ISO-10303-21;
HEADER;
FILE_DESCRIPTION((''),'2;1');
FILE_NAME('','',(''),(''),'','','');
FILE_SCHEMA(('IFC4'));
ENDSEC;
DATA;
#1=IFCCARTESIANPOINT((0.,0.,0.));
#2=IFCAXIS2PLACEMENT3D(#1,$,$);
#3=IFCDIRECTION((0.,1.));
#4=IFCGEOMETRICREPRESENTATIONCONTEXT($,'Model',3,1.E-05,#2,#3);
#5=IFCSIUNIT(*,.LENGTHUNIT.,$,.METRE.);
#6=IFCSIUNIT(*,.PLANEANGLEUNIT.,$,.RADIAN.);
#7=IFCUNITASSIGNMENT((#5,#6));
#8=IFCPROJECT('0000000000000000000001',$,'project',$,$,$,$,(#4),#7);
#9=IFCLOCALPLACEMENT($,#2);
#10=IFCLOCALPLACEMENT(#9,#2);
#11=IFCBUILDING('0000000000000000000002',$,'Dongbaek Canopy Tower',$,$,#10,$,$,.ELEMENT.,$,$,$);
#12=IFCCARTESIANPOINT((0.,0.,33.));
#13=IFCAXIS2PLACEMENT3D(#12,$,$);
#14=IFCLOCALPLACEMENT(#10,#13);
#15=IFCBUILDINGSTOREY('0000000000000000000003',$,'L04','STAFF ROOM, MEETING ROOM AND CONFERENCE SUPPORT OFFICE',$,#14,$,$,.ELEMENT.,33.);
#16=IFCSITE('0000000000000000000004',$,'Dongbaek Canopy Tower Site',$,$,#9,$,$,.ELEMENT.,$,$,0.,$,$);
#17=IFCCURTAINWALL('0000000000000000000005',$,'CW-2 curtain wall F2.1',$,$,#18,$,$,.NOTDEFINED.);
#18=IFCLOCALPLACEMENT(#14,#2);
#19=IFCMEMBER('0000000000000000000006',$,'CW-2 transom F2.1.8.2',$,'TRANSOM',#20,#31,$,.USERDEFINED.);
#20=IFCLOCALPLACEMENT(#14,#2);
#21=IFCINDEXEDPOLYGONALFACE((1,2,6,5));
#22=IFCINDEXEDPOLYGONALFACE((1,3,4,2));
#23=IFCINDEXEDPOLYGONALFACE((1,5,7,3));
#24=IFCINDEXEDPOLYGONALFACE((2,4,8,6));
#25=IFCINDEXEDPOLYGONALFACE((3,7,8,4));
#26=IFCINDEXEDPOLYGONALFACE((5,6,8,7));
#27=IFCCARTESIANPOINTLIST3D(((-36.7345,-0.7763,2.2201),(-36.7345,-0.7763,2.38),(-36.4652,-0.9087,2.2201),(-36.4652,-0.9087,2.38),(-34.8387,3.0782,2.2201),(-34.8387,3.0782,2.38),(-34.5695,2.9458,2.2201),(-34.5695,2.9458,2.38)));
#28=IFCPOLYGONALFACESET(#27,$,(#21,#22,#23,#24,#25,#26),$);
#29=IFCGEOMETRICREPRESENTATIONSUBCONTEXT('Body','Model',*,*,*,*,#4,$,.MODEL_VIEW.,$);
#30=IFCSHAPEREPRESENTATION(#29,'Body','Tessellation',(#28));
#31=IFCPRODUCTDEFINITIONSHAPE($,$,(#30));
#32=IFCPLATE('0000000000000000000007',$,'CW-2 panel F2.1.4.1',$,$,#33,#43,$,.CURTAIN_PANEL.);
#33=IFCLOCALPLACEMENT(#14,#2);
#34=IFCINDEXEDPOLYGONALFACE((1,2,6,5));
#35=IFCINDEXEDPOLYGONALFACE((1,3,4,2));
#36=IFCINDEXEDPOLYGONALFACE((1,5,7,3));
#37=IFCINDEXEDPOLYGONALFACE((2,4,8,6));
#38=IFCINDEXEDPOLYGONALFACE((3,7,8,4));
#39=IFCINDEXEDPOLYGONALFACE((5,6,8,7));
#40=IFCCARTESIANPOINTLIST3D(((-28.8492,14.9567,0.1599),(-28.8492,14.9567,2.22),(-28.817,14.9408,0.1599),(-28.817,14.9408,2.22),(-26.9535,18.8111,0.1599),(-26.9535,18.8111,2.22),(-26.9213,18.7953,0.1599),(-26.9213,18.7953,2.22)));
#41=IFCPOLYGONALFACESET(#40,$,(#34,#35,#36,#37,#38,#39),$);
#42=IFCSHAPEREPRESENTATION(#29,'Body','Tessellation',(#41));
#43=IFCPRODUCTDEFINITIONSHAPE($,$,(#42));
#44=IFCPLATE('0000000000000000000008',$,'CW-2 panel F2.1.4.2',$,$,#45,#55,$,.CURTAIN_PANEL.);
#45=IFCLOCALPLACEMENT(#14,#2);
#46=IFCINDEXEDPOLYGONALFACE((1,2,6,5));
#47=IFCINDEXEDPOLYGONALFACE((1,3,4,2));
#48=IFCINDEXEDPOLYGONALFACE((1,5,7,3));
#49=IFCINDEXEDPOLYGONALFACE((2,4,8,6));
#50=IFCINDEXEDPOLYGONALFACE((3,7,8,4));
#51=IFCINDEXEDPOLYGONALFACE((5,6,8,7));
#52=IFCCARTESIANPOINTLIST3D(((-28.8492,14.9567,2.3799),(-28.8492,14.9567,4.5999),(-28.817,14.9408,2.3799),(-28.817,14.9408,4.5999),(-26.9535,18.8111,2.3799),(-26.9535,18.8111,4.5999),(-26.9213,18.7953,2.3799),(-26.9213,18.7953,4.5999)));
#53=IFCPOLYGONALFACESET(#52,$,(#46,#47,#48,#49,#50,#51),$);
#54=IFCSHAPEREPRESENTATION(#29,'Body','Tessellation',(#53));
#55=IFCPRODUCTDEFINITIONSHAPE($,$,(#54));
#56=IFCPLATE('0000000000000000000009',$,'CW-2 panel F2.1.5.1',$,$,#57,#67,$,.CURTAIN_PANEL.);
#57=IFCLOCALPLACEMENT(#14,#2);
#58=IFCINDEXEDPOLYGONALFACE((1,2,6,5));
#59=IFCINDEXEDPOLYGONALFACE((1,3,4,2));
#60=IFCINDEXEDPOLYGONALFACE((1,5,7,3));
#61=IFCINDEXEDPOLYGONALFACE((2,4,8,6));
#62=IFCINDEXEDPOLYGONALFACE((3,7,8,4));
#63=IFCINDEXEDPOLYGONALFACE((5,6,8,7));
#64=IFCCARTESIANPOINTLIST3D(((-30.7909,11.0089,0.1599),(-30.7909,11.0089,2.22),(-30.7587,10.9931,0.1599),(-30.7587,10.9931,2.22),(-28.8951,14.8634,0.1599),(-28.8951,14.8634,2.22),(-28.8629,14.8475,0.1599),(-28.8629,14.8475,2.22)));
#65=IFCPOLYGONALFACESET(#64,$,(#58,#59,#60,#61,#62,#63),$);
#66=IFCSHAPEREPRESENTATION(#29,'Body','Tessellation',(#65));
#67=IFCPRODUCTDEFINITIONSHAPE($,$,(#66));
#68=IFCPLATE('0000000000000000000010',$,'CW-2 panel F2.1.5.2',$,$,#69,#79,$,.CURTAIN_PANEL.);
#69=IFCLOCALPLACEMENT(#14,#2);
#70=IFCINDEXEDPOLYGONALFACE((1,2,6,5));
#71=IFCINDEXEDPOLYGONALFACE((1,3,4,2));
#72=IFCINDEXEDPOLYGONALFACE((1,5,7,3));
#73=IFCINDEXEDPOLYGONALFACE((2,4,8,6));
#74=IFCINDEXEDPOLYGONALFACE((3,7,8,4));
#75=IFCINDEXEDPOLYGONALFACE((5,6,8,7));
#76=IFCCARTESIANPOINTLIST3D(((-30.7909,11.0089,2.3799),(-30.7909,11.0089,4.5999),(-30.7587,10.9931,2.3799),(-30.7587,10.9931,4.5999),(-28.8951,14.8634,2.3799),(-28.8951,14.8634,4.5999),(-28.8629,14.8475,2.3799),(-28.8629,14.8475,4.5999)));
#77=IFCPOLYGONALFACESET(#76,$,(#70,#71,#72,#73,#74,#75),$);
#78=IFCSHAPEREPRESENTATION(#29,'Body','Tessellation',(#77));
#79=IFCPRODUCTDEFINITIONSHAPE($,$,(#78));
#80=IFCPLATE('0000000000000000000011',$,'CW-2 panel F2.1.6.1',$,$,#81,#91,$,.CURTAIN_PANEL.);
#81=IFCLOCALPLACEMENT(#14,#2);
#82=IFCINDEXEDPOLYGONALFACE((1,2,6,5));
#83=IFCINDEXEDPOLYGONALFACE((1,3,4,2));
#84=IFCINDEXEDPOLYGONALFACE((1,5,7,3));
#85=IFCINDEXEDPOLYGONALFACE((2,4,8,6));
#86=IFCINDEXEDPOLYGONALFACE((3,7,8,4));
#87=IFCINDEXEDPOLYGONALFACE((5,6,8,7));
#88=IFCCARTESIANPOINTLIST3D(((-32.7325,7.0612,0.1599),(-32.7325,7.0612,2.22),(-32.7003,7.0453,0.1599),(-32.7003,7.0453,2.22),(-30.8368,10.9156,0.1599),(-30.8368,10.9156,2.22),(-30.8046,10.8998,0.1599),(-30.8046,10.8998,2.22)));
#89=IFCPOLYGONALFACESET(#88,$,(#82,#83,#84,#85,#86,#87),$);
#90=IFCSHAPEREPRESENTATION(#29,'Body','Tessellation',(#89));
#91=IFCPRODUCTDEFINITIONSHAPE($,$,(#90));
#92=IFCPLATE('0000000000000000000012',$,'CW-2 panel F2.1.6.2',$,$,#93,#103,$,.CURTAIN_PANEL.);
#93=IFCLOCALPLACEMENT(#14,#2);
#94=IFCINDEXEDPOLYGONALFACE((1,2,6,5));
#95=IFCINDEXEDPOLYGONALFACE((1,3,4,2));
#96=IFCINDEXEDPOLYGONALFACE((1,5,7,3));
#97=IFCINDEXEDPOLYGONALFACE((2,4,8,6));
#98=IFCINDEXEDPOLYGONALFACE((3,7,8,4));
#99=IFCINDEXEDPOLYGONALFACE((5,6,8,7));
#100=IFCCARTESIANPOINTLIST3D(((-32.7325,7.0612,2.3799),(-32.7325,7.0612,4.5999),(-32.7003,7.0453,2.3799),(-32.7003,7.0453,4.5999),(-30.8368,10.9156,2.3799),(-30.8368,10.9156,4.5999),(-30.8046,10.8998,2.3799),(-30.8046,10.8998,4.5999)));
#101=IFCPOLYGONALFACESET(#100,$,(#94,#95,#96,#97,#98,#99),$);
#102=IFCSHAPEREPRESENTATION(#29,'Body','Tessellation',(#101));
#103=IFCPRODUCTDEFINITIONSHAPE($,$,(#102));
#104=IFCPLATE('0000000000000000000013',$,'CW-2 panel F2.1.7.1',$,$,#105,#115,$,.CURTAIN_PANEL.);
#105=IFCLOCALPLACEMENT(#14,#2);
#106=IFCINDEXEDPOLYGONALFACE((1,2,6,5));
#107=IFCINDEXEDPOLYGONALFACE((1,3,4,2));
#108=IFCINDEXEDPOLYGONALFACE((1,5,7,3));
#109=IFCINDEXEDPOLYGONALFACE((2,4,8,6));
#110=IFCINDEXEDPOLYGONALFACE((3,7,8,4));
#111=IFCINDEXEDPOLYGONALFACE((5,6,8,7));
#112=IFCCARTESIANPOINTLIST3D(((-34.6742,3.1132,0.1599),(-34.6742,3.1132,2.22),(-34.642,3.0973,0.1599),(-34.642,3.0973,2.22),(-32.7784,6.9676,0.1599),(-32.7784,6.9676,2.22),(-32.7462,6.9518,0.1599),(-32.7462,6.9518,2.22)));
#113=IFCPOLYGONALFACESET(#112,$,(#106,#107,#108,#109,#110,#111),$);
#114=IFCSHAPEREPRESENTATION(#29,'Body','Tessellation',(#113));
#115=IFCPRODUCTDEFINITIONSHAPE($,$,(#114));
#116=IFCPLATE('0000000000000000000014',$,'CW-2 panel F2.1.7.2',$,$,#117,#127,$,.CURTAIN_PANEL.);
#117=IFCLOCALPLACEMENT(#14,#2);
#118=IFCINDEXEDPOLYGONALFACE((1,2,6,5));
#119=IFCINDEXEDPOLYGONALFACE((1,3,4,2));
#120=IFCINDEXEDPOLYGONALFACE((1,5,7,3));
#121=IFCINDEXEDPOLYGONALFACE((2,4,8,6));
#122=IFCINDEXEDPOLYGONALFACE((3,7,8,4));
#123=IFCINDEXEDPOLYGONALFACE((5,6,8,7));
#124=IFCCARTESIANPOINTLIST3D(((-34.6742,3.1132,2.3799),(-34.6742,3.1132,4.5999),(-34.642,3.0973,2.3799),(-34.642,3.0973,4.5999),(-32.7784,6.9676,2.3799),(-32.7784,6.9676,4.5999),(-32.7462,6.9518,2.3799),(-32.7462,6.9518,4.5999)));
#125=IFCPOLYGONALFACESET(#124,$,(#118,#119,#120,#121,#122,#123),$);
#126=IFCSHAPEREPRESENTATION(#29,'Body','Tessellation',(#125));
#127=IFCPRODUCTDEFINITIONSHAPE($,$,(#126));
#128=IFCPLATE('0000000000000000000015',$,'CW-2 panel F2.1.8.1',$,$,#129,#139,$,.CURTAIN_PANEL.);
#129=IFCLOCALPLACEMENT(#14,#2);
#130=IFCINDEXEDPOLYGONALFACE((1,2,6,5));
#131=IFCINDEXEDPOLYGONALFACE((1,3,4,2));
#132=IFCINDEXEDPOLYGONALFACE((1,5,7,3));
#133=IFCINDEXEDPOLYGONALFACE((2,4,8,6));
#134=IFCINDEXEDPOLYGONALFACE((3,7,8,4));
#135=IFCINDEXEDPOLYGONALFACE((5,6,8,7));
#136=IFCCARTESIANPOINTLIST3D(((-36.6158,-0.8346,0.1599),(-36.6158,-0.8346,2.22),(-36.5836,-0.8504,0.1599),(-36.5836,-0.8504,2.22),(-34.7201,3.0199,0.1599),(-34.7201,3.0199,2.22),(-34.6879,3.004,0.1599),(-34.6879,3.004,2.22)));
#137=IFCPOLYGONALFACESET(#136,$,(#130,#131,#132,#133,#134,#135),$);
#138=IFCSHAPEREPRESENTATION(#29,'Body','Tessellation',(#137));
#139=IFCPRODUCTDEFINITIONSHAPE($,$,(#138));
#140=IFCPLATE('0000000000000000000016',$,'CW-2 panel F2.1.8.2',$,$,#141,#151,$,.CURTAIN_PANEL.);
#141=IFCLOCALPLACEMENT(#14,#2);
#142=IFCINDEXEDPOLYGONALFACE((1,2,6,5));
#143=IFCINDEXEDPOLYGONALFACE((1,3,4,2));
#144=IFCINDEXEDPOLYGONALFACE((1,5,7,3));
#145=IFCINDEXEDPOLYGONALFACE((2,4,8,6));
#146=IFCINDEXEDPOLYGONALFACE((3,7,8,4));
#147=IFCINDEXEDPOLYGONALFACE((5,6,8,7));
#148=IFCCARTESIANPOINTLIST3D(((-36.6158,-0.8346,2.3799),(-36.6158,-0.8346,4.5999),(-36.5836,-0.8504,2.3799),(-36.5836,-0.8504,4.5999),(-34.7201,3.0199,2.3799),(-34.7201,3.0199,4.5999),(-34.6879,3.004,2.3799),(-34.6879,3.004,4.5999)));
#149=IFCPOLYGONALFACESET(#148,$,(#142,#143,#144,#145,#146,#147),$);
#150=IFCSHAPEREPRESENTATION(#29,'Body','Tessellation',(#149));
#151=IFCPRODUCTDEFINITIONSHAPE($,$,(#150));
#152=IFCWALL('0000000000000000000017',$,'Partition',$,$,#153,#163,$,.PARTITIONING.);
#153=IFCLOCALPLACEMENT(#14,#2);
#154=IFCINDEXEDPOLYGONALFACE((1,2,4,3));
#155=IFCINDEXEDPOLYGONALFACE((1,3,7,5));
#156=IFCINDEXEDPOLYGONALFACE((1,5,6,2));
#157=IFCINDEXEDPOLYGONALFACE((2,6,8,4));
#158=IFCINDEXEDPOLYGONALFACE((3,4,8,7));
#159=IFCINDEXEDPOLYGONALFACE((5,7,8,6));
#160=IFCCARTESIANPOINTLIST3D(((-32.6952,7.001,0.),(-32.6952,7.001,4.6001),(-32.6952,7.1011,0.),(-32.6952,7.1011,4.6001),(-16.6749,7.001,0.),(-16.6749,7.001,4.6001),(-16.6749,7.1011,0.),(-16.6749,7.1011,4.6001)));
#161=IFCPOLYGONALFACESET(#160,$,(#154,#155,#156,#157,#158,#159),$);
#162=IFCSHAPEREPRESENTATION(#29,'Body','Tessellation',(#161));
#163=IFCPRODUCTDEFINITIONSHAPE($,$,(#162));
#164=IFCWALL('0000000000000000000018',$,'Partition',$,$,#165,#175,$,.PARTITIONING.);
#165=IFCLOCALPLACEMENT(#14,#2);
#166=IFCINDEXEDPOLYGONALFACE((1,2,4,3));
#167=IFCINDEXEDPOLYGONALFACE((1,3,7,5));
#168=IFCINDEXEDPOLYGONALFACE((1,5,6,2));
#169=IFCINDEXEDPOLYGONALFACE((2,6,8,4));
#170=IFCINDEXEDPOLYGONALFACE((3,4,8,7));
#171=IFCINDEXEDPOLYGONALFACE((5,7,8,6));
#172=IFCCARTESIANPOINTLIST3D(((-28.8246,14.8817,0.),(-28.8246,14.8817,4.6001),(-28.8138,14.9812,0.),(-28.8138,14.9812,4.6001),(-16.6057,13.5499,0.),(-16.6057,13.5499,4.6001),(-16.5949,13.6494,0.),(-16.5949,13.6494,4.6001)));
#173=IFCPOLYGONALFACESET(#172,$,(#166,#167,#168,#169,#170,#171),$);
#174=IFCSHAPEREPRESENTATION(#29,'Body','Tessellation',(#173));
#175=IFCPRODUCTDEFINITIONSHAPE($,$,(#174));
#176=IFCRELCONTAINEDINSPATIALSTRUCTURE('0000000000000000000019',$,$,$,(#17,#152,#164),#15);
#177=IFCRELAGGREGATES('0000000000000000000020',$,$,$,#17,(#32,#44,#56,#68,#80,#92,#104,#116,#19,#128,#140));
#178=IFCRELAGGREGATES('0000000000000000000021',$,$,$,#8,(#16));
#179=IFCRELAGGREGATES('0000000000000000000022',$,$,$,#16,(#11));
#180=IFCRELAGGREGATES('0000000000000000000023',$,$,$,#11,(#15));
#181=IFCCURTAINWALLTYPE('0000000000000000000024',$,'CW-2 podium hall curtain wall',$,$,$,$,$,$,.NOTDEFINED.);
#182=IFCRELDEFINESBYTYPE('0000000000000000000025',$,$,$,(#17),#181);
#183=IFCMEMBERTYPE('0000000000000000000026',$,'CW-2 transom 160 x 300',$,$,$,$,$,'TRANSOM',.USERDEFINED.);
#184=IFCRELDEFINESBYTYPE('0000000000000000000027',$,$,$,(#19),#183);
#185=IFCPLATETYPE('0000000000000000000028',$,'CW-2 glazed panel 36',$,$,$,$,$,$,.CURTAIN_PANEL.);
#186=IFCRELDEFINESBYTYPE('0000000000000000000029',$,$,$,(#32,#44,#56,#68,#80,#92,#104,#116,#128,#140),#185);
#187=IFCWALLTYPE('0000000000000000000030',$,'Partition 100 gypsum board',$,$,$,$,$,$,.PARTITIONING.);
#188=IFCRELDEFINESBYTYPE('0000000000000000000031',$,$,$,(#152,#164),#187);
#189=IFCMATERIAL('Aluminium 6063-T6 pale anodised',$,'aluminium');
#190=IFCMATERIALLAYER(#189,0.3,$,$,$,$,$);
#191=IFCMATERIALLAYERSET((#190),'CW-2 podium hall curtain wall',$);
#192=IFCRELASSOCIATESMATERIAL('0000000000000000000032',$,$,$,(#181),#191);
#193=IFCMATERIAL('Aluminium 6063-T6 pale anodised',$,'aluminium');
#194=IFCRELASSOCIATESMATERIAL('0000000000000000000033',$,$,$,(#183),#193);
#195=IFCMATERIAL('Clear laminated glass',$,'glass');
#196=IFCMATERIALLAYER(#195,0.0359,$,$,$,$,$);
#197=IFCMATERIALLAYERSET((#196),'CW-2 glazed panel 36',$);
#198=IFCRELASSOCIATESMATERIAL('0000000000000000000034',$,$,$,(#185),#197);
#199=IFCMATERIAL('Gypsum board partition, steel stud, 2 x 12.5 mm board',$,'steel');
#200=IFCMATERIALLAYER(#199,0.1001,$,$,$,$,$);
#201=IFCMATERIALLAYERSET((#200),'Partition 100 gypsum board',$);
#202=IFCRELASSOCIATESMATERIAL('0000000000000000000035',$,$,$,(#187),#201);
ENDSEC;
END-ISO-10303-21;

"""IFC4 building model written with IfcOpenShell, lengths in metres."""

from ifc_helpers import new_model, si_unit, direction, frame, frame_2d, origin, origin_2d, place, context, subcontext, project, spatial, rectangle, extrude, material, layer, layer_set, material_profile, profile_set, type_object, element, aggregate, save


model = new_model("IFC4")

# Units and contexts
model_context = context("Model", 3, precision=1e-05, world=origin(), true_north=direction((0.0, 1.0)))
body_context = subcontext(model_context, "Body", "Model", "MODEL_VIEW")
ifc_project = project(units=[si_unit("LENGTHUNIT", "METRE"), si_unit("PLANEANGLEUNIT", "RADIAN")], contexts=[model_context])

# Site, building, storey
site_placement = place(None, origin())
site = spatial("IfcSite", under=ifc_project, at=site_placement, Name="Dongbaek Canopy Tower Site", CompositionType="ELEMENT", RefElevation=0.0)
building_placement = place(site_placement, origin())
building = spatial("IfcBuilding", under=site, at=building_placement, Name="Dongbaek Canopy Tower", CompositionType="ELEMENT")
storey_placement = place(building_placement, frame((0.0, 0.0, 33.0)))
storey = spatial("IfcBuildingStorey", under=building, at=storey_placement, Name="L04", Description="STAFF ROOM, MEETING ROOM AND CONFERENCE SUPPORT OFFICE", CompositionType="ELEMENT", Elevation=33.0)

# Curtain wall, member, plates
ifc_material_1 = material(Name="Aluminium 6063-T6 pale anodised", Category="aluminium")
ifc_layer_1 = layer(ifc_material_1, 0.3)
ifc_layer_set_1 = layer_set([ifc_layer_1], Name="CW-2 podium hall curtain wall")
curtain_wall_type = type_object("IfcCurtainWallType", Name="CW-2 podium hall curtain wall", PredefinedType="NOTDEFINED", material=ifc_layer_set_1)
curtain_wall_placement = place(storey_placement, origin())
curtain_wall = element("IfcCurtainWall", 1, at=curtain_wall_placement, inside=storey, type_object=curtain_wall_type, Name="CW-2 curtain wall F2.1", PredefinedType="NOTDEFINED")
ifc_material_2 = material(Name="Aluminium 6063-T6 pale anodised", Category="aluminium")
ifc_material_profile_1 = material_profile(ifc_material_2, rectangle(XDim=0.3, YDim=0.1599, at=origin_2d()), Name="CW-2 transom 160 x 300")
ifc_profile_set_1 = profile_set([ifc_material_profile_1], Name="Aluminium 6063-T6 pale anodised")
member_type_1 = type_object("IfcMemberType", Name="CW-2 transom 160 x 300", ElementType="TRANSOM", PredefinedType="USERDEFINED", material=ifc_profile_set_1)
member_1_placement = place(storey_placement, frame((-34.7041, 3.012, 2.3), z_axis=(-0.441338, -0.897341, 0.0), x_axis=(0.897341, -0.441338, 0.0)))
member_1 = element("IfcMember", 2, at=member_1_placement, type_object=member_type_1, Name="CW-2 transom F2.1.8.2", ObjectType="TRANSOM", PredefinedType="USERDEFINED", context=body_context, shape_type="SweptSolid", body=[
    extrude(rectangle(XDim=0.3, YDim=0.1599, at=origin_2d()), origin(), (0.0, 0.0, 1.0), 4.2954),
])
ifc_material_3 = material(Name="Clear laminated glass", Category="glass")
ifc_layer_2 = layer(ifc_material_3, 0.0359)
ifc_layer_set_2 = layer_set([ifc_layer_2], Name="CW-2 glazed panel 36")
plate_type = type_object("IfcPlateType", Name="CW-2 glazed panel 36", PredefinedType="CURTAIN_PANEL", material=ifc_layer_set_2)
plate_1_placement = place(storey_placement, frame((-27.8853, 16.876, 0.1599), z_axis=(0.0, 0.0, 1.0), x_axis=(-0.441342, -0.897339, 0.0)))
plate_1 = element("IfcPlate", 3, at=plate_1_placement, type_object=plate_type, Name="CW-2 panel F2.1.4.1", PredefinedType="CURTAIN_PANEL", context=body_context, shape_type="SweptSolid", body=[
    extrude(rectangle(XDim=4.2954, YDim=0.0359, at=origin_2d()), origin(), (0.0, 0.0, 1.0), 2.0601),
])
plate_2_placement = place(storey_placement, frame((-27.8853, 16.876, 2.3799), z_axis=(0.0, 0.0, 1.0), x_axis=(-0.441342, -0.897339, 0.0)))
plate_2 = element("IfcPlate", 4, at=plate_2_placement, type_object=plate_type, Name="CW-2 panel F2.1.4.2", PredefinedType="CURTAIN_PANEL", context=body_context, shape_type="SweptSolid", body=[
    extrude(rectangle(XDim=4.2954, YDim=0.0359, at=origin_2d()), origin(), (0.0, 0.0, 1.0), 2.22),
])
plate_3_placement = place(storey_placement, frame((-29.8269, 12.9282, 0.1599), z_axis=(0.0, 0.0, 1.0), x_axis=(-0.441342, -0.897339, 0.0)))
plate_3 = element("IfcPlate", 5, at=plate_3_placement, type_object=plate_type, Name="CW-2 panel F2.1.5.1", PredefinedType="CURTAIN_PANEL", context=body_context, shape_type="SweptSolid", body=[
    extrude(rectangle(XDim=4.2954, YDim=0.0359, at=origin_2d()), origin(), (0.0, 0.0, 1.0), 2.0601),
])
plate_4_placement = place(storey_placement, frame((-29.8269, 12.9282, 2.3799), z_axis=(0.0, 0.0, 1.0), x_axis=(-0.441342, -0.897339, 0.0)))
plate_4 = element("IfcPlate", 6, at=plate_4_placement, type_object=plate_type, Name="CW-2 panel F2.1.5.2", PredefinedType="CURTAIN_PANEL", context=body_context, shape_type="SweptSolid", body=[
    extrude(rectangle(XDim=4.2954, YDim=0.0359, at=origin_2d()), origin(), (0.0, 0.0, 1.0), 2.22),
])
plate_5_placement = place(storey_placement, frame((-31.7686, 8.9805, 0.1599), z_axis=(0.0, 0.0, 1.0), x_axis=(-0.441342, -0.897339, 0.0)))
plate_5 = element("IfcPlate", 7, at=plate_5_placement, type_object=plate_type, Name="CW-2 panel F2.1.6.1", PredefinedType="CURTAIN_PANEL", context=body_context, shape_type="SweptSolid", body=[
    extrude(rectangle(XDim=4.2954, YDim=0.0359, at=origin_2d()), origin(), (0.0, 0.0, 1.0), 2.0601),
])
plate_6_placement = place(storey_placement, frame((-31.7686, 8.9805, 2.3799), z_axis=(0.0, 0.0, 1.0), x_axis=(-0.441342, -0.897339, 0.0)))
plate_6 = element("IfcPlate", 8, at=plate_6_placement, type_object=plate_type, Name="CW-2 panel F2.1.6.2", PredefinedType="CURTAIN_PANEL", context=body_context, shape_type="SweptSolid", body=[
    extrude(rectangle(XDim=4.2954, YDim=0.0359, at=origin_2d()), origin(), (0.0, 0.0, 1.0), 2.22),
])
plate_7_placement = place(storey_placement, frame((-33.7102, 5.0325, 0.1599), z_axis=(0.0, 0.0, 1.0), x_axis=(-0.441342, -0.897339, 0.0)))
plate_7 = element("IfcPlate", 9, at=plate_7_placement, type_object=plate_type, Name="CW-2 panel F2.1.7.1", PredefinedType="CURTAIN_PANEL", context=body_context, shape_type="SweptSolid", body=[
    extrude(rectangle(XDim=4.2954, YDim=0.0359, at=origin_2d()), origin(), (0.0, 0.0, 1.0), 2.0601),
])
plate_8_placement = place(storey_placement, frame((-33.7102, 5.0325, 2.3799), z_axis=(0.0, 0.0, 1.0), x_axis=(-0.441342, -0.897339, 0.0)))
plate_8 = element("IfcPlate", 10, at=plate_8_placement, type_object=plate_type, Name="CW-2 panel F2.1.7.2", PredefinedType="CURTAIN_PANEL", context=body_context, shape_type="SweptSolid", body=[
    extrude(rectangle(XDim=4.2954, YDim=0.0359, at=origin_2d()), origin(), (0.0, 0.0, 1.0), 2.22),
])
plate_9_placement = place(storey_placement, frame((-35.6519, 1.0847, 0.1599), z_axis=(0.0, 0.0, 1.0), x_axis=(-0.441342, -0.897339, 0.0)))
plate_9 = element("IfcPlate", 11, at=plate_9_placement, type_object=plate_type, Name="CW-2 panel F2.1.8.1", PredefinedType="CURTAIN_PANEL", context=body_context, shape_type="SweptSolid", body=[
    extrude(rectangle(XDim=4.2954, YDim=0.0359, at=origin_2d()), origin(), (0.0, 0.0, 1.0), 2.0601),
])
plate_10_placement = place(storey_placement, frame((-35.6519, 1.0847, 2.3799), z_axis=(0.0, 0.0, 1.0), x_axis=(-0.441342, -0.897339, 0.0)))
plate_10 = element("IfcPlate", 12, at=plate_10_placement, type_object=plate_type, Name="CW-2 panel F2.1.8.2", PredefinedType="CURTAIN_PANEL", context=body_context, shape_type="SweptSolid", body=[
    extrude(rectangle(XDim=4.2954, YDim=0.0359, at=origin_2d()), origin(), (0.0, 0.0, 1.0), 2.22),
])
aggregate(curtain_wall, [plate_1, plate_2, plate_3, plate_4, plate_5, plate_6, plate_7, plate_8, member_1, plate_9, plate_10])

# Walls
ifc_material_4 = material(Name="Gypsum board partition, steel stud, 2 x 12.5 mm board", Category="steel")
ifc_layer_3 = layer(ifc_material_4, 0.1001)
ifc_layer_set_3 = layer_set([ifc_layer_3], Name="Partition 100 gypsum board")
wall_type = type_object("IfcWallType", Name="Partition 100 gypsum board", PredefinedType="PARTITIONING", material=ifc_layer_set_3)
wall_1_placement = place(storey_placement, frame((-32.6953, 7.051, 0.0), z_axis=(0.0, 0.0, 1.0), x_axis=(1.0, 0.0, 0.0)))
element("IfcWall", 13, at=wall_1_placement, inside=storey, type_object=wall_type, Name="Partition", PredefinedType="PARTITIONING", context=body_context, shape_type="SweptSolid", body=[
    extrude(rectangle(XDim=16.0203, YDim=0.1001, at=frame_2d((8.0103, 0.0))), origin(), (0.0, 0.0, 1.0), 4.6001),
])
wall_2_placement = place(storey_placement, frame((-28.8191, 14.9314, 0.0), z_axis=(0.0, 0.0, 1.0), x_axis=(0.994113, -0.108352, 0.0)))
element("IfcWall", 14, at=wall_2_placement, inside=storey, type_object=wall_type, Name="Partition", PredefinedType="PARTITIONING", context=body_context, shape_type="SweptSolid", body=[
    extrude(rectangle(XDim=12.2913, YDim=0.1001, at=frame_2d((6.1455, 0.0))), origin(), (0.0, 0.0, 1.0), 4.6001),
])

save(model, "model.ifc")
